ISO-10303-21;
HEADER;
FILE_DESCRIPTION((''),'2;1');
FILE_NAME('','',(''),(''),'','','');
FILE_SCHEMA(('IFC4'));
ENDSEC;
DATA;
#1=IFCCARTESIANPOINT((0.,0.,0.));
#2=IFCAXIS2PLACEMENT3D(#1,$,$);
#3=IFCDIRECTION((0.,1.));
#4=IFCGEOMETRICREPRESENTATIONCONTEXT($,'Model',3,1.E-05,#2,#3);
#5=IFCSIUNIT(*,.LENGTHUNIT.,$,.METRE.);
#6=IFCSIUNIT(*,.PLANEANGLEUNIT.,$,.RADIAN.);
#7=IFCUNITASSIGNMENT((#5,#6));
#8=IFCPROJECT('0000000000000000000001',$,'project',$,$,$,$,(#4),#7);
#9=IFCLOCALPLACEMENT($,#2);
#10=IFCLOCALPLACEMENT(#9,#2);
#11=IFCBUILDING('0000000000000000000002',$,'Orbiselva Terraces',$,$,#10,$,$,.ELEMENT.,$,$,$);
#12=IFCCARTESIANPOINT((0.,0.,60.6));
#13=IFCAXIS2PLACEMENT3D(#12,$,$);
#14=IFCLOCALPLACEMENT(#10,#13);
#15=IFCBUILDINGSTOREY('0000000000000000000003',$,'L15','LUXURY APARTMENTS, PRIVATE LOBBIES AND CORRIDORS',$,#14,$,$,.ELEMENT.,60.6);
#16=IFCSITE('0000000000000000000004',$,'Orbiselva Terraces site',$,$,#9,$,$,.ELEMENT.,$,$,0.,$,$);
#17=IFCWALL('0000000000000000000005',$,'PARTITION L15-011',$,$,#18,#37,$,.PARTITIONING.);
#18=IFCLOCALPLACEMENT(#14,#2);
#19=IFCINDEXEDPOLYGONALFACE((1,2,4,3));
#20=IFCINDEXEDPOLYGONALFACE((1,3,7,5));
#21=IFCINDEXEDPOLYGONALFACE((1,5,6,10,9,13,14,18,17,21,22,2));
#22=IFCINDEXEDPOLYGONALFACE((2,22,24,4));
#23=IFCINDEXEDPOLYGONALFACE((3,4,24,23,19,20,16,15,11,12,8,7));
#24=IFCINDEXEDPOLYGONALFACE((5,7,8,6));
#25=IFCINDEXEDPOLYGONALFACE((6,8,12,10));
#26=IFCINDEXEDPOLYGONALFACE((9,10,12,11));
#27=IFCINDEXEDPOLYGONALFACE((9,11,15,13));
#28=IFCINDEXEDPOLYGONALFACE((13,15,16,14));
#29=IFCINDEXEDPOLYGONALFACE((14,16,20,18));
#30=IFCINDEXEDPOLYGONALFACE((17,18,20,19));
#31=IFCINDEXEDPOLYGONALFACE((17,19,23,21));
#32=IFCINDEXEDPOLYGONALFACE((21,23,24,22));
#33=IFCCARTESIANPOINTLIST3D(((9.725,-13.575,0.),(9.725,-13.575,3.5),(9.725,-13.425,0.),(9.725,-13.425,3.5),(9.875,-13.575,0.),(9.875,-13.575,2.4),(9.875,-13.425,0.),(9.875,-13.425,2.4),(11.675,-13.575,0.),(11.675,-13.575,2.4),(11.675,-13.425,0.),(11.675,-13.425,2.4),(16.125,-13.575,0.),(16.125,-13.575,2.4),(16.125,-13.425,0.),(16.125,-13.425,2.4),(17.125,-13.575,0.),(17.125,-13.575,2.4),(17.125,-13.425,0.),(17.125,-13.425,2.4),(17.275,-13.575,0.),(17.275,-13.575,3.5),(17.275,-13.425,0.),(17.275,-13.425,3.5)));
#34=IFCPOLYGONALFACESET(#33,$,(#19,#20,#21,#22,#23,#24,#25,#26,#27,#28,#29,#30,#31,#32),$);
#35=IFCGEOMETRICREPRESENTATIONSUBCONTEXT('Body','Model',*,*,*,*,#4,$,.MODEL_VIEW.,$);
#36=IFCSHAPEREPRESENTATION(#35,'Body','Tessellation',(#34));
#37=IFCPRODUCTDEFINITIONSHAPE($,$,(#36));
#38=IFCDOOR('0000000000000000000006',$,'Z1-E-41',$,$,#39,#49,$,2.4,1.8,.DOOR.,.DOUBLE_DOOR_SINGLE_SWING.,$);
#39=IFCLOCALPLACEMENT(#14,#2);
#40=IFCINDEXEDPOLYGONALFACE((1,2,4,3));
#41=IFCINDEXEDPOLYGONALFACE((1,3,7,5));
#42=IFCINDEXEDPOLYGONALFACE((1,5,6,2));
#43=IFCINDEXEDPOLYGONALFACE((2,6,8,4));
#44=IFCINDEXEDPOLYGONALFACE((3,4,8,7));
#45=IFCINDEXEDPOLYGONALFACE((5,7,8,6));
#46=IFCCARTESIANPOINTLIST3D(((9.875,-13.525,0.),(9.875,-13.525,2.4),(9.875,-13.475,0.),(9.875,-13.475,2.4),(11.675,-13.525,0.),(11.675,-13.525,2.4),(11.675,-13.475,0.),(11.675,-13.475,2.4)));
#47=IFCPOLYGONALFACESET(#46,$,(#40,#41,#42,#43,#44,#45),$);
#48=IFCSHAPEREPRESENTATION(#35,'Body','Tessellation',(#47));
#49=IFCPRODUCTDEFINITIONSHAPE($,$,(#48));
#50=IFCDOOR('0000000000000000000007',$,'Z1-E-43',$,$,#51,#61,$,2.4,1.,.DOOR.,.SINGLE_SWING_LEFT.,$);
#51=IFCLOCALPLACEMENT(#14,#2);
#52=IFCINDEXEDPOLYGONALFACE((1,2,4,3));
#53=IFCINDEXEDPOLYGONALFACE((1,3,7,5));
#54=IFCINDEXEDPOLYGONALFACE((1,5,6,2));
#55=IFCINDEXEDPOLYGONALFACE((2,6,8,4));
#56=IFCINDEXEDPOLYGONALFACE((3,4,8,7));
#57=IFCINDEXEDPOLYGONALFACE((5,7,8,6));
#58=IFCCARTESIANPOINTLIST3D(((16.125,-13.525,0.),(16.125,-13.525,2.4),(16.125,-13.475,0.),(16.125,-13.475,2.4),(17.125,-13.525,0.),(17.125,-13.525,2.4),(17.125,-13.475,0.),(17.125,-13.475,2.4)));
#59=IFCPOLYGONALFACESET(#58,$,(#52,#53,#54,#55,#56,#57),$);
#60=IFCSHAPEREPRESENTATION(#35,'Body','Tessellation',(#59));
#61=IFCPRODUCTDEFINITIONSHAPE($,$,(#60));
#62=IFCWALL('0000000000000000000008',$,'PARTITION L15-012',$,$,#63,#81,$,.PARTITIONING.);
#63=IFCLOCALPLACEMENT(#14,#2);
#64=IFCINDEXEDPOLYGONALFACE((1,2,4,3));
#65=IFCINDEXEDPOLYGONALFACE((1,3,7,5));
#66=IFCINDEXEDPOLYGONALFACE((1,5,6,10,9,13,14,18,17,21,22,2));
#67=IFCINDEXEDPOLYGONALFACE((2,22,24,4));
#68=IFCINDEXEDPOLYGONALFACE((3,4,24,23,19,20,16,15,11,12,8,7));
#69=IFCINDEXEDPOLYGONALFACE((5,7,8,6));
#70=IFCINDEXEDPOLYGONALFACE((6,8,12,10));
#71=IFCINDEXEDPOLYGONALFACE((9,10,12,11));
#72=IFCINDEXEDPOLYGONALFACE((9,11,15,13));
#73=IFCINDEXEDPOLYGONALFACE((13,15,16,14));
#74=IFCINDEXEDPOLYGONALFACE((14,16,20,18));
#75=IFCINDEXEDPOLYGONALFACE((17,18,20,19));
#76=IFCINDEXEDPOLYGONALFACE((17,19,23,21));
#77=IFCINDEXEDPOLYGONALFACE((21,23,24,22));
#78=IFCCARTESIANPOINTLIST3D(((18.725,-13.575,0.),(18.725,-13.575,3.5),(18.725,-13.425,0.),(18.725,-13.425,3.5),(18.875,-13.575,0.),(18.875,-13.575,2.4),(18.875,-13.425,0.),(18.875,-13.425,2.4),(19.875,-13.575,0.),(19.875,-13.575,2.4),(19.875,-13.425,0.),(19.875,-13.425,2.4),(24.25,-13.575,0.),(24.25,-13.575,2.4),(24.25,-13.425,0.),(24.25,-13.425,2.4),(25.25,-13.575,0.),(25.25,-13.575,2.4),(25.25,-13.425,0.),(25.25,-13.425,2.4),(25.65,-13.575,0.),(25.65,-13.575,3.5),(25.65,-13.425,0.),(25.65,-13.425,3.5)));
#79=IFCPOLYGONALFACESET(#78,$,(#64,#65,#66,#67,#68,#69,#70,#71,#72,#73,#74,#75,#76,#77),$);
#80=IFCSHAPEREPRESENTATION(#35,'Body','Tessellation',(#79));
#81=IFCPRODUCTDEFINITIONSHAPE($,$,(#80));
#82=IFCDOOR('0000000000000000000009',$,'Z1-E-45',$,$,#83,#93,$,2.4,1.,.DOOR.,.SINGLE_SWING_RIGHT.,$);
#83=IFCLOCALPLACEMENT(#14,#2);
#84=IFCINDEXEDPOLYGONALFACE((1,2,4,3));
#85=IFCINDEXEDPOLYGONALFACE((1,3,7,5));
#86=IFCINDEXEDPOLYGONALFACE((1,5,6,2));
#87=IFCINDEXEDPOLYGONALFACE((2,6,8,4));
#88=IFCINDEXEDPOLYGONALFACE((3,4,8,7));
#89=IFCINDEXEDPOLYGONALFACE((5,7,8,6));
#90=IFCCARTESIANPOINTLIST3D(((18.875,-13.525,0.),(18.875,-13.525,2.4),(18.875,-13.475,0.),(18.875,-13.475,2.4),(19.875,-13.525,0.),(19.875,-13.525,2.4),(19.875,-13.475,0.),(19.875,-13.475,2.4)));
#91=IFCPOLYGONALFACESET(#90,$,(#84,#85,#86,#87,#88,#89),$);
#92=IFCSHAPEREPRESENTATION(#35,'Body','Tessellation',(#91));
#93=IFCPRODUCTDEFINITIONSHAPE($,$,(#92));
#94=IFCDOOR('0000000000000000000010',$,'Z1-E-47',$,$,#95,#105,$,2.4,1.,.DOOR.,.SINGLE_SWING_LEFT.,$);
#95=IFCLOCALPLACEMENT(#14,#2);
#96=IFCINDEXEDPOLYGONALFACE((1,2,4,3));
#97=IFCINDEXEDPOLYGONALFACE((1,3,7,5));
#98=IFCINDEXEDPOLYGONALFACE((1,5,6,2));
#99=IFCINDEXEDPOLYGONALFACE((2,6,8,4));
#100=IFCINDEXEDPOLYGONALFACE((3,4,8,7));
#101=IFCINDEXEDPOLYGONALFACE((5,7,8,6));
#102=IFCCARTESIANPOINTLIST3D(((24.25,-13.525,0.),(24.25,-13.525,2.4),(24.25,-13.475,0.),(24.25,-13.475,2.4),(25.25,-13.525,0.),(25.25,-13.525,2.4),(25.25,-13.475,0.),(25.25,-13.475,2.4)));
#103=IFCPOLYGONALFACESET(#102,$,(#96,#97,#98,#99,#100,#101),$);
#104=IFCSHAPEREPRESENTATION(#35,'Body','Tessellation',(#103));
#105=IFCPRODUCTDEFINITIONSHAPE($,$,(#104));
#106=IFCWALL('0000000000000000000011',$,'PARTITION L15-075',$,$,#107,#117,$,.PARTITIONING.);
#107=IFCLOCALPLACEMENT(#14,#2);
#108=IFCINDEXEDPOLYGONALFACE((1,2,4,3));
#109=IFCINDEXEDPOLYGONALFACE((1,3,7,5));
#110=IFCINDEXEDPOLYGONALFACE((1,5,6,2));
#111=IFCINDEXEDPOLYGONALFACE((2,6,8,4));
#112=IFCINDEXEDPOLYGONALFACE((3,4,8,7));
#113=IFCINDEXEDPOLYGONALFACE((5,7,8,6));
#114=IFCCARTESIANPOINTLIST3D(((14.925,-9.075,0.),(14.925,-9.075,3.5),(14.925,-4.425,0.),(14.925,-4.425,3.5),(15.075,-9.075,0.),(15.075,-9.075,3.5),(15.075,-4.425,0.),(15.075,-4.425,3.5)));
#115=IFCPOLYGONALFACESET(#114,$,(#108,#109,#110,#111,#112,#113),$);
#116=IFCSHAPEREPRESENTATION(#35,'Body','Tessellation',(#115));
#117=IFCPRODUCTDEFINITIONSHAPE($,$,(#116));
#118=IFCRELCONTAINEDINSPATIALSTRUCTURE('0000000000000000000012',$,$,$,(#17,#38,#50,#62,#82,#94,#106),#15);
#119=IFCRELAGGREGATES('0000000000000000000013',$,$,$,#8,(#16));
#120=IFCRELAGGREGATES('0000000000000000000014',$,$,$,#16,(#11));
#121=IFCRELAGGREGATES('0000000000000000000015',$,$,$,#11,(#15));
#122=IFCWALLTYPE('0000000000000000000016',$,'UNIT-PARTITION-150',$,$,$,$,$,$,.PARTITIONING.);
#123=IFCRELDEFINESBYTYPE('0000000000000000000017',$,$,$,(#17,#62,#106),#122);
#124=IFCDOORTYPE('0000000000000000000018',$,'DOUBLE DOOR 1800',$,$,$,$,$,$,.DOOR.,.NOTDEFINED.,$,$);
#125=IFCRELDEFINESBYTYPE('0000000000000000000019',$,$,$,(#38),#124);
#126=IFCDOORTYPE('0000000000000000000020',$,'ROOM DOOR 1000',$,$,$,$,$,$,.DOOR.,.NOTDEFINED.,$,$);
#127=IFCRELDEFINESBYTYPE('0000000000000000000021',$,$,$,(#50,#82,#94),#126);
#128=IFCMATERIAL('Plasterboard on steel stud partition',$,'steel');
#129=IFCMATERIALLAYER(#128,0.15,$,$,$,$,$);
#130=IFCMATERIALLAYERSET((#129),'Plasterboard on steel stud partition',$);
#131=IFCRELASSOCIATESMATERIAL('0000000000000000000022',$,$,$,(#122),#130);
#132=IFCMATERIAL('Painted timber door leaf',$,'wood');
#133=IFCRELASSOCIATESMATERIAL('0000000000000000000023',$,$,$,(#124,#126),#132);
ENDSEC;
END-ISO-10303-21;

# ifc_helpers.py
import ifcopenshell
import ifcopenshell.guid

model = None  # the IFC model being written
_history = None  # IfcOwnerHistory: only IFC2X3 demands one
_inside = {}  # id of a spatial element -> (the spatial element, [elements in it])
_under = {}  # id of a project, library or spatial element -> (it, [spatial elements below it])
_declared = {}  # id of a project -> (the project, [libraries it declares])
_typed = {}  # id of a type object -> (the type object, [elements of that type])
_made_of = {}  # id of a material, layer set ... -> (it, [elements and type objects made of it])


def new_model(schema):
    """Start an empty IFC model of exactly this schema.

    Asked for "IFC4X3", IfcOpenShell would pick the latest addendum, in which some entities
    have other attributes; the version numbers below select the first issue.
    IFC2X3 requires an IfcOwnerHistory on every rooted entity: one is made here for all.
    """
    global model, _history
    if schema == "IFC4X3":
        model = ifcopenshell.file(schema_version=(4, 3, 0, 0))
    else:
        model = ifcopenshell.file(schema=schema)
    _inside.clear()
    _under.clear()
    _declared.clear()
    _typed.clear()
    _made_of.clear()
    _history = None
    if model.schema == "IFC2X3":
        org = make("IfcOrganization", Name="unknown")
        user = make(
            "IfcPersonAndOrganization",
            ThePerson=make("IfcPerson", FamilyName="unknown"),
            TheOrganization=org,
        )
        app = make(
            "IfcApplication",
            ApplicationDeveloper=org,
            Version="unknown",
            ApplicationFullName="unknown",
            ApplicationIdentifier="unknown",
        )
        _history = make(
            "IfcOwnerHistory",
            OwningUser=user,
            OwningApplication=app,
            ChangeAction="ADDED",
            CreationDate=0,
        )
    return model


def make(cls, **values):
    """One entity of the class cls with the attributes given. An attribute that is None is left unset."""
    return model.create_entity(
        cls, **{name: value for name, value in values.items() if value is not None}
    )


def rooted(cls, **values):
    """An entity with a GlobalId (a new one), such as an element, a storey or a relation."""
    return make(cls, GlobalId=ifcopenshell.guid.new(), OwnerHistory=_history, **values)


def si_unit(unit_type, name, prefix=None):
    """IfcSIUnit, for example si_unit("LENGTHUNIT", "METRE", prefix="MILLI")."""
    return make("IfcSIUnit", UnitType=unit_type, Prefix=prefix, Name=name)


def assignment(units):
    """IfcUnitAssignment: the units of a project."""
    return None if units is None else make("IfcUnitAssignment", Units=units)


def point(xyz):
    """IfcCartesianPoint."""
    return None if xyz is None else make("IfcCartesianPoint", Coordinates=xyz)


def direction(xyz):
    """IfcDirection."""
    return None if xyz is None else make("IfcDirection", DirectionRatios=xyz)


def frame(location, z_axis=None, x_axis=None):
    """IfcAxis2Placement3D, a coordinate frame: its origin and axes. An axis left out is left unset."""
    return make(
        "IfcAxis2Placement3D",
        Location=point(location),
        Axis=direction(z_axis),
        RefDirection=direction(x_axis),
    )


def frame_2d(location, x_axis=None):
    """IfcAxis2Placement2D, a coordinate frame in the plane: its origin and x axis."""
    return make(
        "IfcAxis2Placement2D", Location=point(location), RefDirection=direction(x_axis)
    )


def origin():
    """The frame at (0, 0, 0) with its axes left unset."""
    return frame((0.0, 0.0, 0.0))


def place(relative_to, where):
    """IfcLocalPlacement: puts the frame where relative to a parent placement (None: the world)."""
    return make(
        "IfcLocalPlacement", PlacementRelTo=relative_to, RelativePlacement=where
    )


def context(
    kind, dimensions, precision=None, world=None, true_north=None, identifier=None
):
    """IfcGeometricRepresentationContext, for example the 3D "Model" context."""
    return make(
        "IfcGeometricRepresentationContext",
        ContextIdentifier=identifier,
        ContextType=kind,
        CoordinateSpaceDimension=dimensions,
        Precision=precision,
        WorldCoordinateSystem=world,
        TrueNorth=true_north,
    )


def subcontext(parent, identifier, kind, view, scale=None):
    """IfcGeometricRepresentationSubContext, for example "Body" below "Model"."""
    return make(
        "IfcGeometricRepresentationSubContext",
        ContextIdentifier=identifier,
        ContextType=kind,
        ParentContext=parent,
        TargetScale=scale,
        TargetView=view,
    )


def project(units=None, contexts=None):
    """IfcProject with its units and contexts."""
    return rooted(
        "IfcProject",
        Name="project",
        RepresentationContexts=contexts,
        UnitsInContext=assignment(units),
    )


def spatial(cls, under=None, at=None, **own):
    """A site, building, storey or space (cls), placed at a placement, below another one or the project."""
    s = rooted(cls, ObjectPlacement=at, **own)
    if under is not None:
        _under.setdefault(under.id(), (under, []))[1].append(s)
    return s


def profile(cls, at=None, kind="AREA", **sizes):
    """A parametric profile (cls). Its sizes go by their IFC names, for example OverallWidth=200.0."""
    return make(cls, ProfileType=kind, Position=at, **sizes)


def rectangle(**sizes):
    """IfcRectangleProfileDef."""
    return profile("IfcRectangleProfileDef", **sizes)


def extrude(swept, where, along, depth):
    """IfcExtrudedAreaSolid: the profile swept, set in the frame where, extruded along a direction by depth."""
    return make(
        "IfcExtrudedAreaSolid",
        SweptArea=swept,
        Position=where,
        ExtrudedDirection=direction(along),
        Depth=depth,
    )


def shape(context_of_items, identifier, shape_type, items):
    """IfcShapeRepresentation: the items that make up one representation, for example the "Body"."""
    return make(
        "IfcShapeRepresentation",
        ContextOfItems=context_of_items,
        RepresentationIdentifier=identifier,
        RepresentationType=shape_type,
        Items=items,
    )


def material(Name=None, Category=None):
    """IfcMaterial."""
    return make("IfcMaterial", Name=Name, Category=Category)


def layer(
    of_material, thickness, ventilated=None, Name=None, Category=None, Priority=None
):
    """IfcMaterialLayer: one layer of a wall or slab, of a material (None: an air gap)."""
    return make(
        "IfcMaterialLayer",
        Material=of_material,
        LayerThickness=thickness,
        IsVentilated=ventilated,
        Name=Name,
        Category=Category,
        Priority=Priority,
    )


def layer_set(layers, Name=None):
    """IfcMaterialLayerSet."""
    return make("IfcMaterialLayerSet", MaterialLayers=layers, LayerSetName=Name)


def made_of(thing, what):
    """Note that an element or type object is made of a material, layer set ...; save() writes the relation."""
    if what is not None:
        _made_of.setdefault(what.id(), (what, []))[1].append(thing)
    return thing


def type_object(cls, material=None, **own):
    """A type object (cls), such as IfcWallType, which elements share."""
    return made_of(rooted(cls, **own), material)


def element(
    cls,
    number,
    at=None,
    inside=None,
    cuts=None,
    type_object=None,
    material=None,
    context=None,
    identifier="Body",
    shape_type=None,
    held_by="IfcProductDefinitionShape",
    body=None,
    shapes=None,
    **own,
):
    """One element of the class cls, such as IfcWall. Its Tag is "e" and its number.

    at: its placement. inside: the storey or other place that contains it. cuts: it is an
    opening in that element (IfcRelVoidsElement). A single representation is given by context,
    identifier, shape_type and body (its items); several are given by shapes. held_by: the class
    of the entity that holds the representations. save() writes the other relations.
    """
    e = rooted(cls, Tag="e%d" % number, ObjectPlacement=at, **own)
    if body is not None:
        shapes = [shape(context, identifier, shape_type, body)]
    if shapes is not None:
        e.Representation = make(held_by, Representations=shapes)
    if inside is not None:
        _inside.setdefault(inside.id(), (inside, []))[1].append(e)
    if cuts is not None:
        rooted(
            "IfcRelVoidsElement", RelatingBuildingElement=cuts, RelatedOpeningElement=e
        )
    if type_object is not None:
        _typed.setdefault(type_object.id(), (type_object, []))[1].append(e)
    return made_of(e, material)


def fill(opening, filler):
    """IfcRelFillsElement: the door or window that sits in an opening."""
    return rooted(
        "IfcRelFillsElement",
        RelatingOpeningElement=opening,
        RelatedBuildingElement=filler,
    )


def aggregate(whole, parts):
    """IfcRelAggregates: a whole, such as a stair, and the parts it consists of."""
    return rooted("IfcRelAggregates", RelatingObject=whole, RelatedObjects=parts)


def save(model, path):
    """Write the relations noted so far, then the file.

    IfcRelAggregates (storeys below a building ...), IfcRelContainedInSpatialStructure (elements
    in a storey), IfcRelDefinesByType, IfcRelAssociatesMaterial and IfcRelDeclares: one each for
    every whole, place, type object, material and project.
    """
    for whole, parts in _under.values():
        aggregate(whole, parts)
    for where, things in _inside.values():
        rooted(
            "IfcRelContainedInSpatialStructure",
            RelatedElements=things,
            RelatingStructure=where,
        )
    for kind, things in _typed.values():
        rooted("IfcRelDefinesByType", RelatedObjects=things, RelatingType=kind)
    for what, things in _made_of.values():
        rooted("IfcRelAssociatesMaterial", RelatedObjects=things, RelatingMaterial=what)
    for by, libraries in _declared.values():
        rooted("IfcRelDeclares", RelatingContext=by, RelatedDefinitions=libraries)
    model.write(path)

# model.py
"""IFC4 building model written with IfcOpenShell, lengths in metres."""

from ifc_helpers import new_model, si_unit, direction, frame, frame_2d, origin, place, context, subcontext, project, spatial, rectangle, extrude, material, layer, layer_set, type_object, element, fill, save


model = new_model("IFC4")

# Units and contexts
model_context = context("Model", 3, precision=1e-05, world=origin(), true_north=direction((0.0, 1.0)))
body_context = subcontext(model_context, "Body", "Model", "MODEL_VIEW")
ifc_project = project(units=[si_unit("LENGTHUNIT", "METRE"), si_unit("PLANEANGLEUNIT", "RADIAN")], contexts=[model_context])

# Site, building, storey
site_placement = place(None, origin())
site = spatial("IfcSite", under=ifc_project, at=site_placement, Name="Orbiselva Terraces site", CompositionType="ELEMENT", RefElevation=0.0)
building_placement = place(site_placement, origin())
building = spatial("IfcBuilding", under=site, at=building_placement, Name="Orbiselva Terraces", CompositionType="ELEMENT")
storey_placement = place(building_placement, frame((0.0, 0.0, 60.6)))
storey = spatial("IfcBuildingStorey", under=building, at=storey_placement, Name="L15", Description="LUXURY APARTMENTS, PRIVATE LOBBIES AND CORRIDORS", CompositionType="ELEMENT", Elevation=60.6)

# Shared definitions
ifc_material_1 = material(Name="Plasterboard on steel stud partition", Category="steel")
ifc_layer_1 = layer(ifc_material_1, 0.15)
ifc_layer_set_1 = layer_set([ifc_layer_1], Name="Plasterboard on steel stud partition")
wall_type_1 = type_object("IfcWallType", Name="UNIT-PARTITION-150", PredefinedType="PARTITIONING", material=ifc_layer_set_1)
ifc_material_2 = material(Name="Painted timber door leaf", Category="wood")

# Walls, openings, doors
wall_1_placement = place(storey_placement, frame((17.275, -13.5, 0.0), z_axis=(0.0, 0.0, 1.0), x_axis=(-1.0, 0.0, 0.0)))
wall_1 = element("IfcWall", 1, at=wall_1_placement, inside=storey, type_object=wall_type_1, Name="PARTITION L15-011", PredefinedType="PARTITIONING", context=body_context, shape_type="SweptSolid", body=[
    extrude(rectangle(XDim=7.55, YDim=0.15, at=frame_2d((3.775, 0.0))), origin(), (0.0, 0.0, 1.0), 3.5),
])
opening_1_placement = place(wall_1_placement, frame((5.6, 0.0, 0.0)))
opening_1 = element("IfcOpeningElement", 2, at=opening_1_placement, cuts=wall_1, PredefinedType="OPENING", context=body_context, shape_type="SweptSolid", body=[
    extrude(rectangle(XDim=1.8, YDim=2.4, at=frame_2d((0.9, 1.2))), frame((0.0, 0.085, 0.0), z_axis=(0.0, -1.0, 0.0), x_axis=(1.0, 0.0, 0.0)), (0.0, 0.0, 1.0), 0.17),
])
opening_2_placement = place(wall_1_placement, frame((0.15, 0.0, 0.0)))
opening_2 = element("IfcOpeningElement", 3, at=opening_2_placement, cuts=wall_1, PredefinedType="OPENING", context=body_context, shape_type="SweptSolid", body=[
    extrude(rectangle(XDim=1.0, YDim=2.4, at=frame_2d((0.5, 1.2))), frame((0.0, 0.085, 0.0), z_axis=(0.0, -1.0, 0.0), x_axis=(1.0, 0.0, 0.0)), (0.0, 0.0, 1.0), 0.17),
])
door_type_1 = type_object("IfcDoorType", Name="DOUBLE DOOR 1800", OperationType="NOTDEFINED", PredefinedType="DOOR", material=ifc_material_2)
door_1_placement = place(opening_1_placement, origin())
door_1 = element("IfcDoor", 4, at=door_1_placement, inside=storey, type_object=door_type_1, Name="Z1-E-41", OperationType="DOUBLE_DOOR_SINGLE_SWING", OverallHeight=2.4, OverallWidth=1.8, PredefinedType="DOOR", context=body_context, shape_type="SweptSolid", body=[
    extrude(rectangle(XDim=1.8, YDim=2.4, at=frame_2d((0.9, 1.2))), frame((0.0, 0.025, 0.0), z_axis=(0.0, -1.0, 0.0), x_axis=(1.0, 0.0, 0.0)), (0.0, 0.0, 1.0), 0.05),
])
fill(opening_1, door_1)
door_type_2 = type_object("IfcDoorType", Name="ROOM DOOR 1000", OperationType="NOTDEFINED", PredefinedType="DOOR", material=ifc_material_2)
door_2_placement = place(opening_2_placement, origin())
door_2 = element("IfcDoor", 5, at=door_2_placement, inside=storey, type_object=door_type_2, Name="Z1-E-43", OperationType="SINGLE_SWING_LEFT", OverallHeight=2.4, OverallWidth=1.0, PredefinedType="DOOR", context=body_context, shape_type="SweptSolid", body=[
    extrude(rectangle(XDim=1.0, YDim=2.4, at=frame_2d((0.5, 1.2))), frame((0.0, 0.025, 0.0), z_axis=(0.0, -1.0, 0.0), x_axis=(1.0, 0.0, 0.0)), (0.0, 0.0, 1.0), 0.05),
])
fill(opening_2, door_2)
wall_2_placement = place(storey_placement, frame((25.65, -13.5, 0.0), z_axis=(0.0, 0.0, 1.0), x_axis=(-1.0, 0.0, 0.0)))
wall_2 = element("IfcWall", 6, at=wall_2_placement, inside=storey, type_object=wall_type_1, Name="PARTITION L15-012", PredefinedType="PARTITIONING", context=body_context, shape_type="SweptSolid", body=[
    extrude(rectangle(XDim=6.925, YDim=0.15, at=frame_2d((3.4625, 0.0))), origin(), (0.0, 0.0, 1.0), 3.5),
])
opening_3_placement = place(wall_2_placement, frame((5.775, 0.0, 0.0)))
opening_3 = element("IfcOpeningElement", 7, at=opening_3_placement, cuts=wall_2, PredefinedType="OPENING", context=body_context, shape_type="SweptSolid", body=[
    extrude(rectangle(XDim=1.0, YDim=2.4, at=frame_2d((0.5, 1.2))), frame((0.0, 0.085, 0.0), z_axis=(0.0, -1.0, 0.0), x_axis=(1.0, 0.0, 0.0)), (0.0, 0.0, 1.0), 0.17),
])
opening_4_placement = place(wall_2_placement, frame((0.4, 0.0, 0.0)))
opening_4 = element("IfcOpeningElement", 8, at=opening_4_placement, cuts=wall_2, PredefinedType="OPENING", context=body_context, shape_type="SweptSolid", body=[
    extrude(rectangle(XDim=1.0, YDim=2.4, at=frame_2d((0.5, 1.2))), frame((0.0, 0.085, 0.0), z_axis=(0.0, -1.0, 0.0), x_axis=(1.0, 0.0, 0.0)), (0.0, 0.0, 1.0), 0.17),
])
door_3_placement = place(opening_3_placement, origin())
door_3 = element("IfcDoor", 9, at=door_3_placement, inside=storey, type_object=door_type_2, Name="Z1-E-45", OperationType="SINGLE_SWING_RIGHT", OverallHeight=2.4, OverallWidth=1.0, PredefinedType="DOOR", context=body_context, shape_type="SweptSolid", body=[
    extrude(rectangle(XDim=1.0, YDim=2.4, at=frame_2d((0.5, 1.2))), frame((0.0, 0.025, 0.0), z_axis=(0.0, -1.0, 0.0), x_axis=(1.0, 0.0, 0.0)), (0.0, 0.0, 1.0), 0.05),
])
fill(opening_3, door_3)
door_4_placement = place(opening_4_placement, origin())
door_4 = element("IfcDoor", 10, at=door_4_placement, inside=storey, type_object=door_type_2, Name="Z1-E-47", OperationType="SINGLE_SWING_LEFT", OverallHeight=2.4, OverallWidth=1.0, PredefinedType="DOOR", context=body_context, shape_type="SweptSolid", body=[
    extrude(rectangle(XDim=1.0, YDim=2.4, at=frame_2d((0.5, 1.2))), frame((0.0, 0.025, 0.0), z_axis=(0.0, -1.0, 0.0), x_axis=(1.0, 0.0, 0.0)), (0.0, 0.0, 1.0), 0.05),
])
fill(opening_4, door_4)

# Wall
wall_3_placement = place(storey_placement, frame((15.0, -9.075, 0.0), z_axis=(0.0, 0.0, 1.0), x_axis=(0.0, 1.0, 0.0)))
element("IfcWall", 11, at=wall_3_placement, inside=storey, type_object=wall_type_1, Name="PARTITION L15-075", PredefinedType="PARTITIONING", context=body_context, shape_type="SweptSolid", body=[
    extrude(rectangle(XDim=4.65, YDim=0.15, at=frame_2d((2.325, 0.0))), origin(), (0.0, 0.0, 1.0), 3.5),
])

save(model, "model.ifc")
